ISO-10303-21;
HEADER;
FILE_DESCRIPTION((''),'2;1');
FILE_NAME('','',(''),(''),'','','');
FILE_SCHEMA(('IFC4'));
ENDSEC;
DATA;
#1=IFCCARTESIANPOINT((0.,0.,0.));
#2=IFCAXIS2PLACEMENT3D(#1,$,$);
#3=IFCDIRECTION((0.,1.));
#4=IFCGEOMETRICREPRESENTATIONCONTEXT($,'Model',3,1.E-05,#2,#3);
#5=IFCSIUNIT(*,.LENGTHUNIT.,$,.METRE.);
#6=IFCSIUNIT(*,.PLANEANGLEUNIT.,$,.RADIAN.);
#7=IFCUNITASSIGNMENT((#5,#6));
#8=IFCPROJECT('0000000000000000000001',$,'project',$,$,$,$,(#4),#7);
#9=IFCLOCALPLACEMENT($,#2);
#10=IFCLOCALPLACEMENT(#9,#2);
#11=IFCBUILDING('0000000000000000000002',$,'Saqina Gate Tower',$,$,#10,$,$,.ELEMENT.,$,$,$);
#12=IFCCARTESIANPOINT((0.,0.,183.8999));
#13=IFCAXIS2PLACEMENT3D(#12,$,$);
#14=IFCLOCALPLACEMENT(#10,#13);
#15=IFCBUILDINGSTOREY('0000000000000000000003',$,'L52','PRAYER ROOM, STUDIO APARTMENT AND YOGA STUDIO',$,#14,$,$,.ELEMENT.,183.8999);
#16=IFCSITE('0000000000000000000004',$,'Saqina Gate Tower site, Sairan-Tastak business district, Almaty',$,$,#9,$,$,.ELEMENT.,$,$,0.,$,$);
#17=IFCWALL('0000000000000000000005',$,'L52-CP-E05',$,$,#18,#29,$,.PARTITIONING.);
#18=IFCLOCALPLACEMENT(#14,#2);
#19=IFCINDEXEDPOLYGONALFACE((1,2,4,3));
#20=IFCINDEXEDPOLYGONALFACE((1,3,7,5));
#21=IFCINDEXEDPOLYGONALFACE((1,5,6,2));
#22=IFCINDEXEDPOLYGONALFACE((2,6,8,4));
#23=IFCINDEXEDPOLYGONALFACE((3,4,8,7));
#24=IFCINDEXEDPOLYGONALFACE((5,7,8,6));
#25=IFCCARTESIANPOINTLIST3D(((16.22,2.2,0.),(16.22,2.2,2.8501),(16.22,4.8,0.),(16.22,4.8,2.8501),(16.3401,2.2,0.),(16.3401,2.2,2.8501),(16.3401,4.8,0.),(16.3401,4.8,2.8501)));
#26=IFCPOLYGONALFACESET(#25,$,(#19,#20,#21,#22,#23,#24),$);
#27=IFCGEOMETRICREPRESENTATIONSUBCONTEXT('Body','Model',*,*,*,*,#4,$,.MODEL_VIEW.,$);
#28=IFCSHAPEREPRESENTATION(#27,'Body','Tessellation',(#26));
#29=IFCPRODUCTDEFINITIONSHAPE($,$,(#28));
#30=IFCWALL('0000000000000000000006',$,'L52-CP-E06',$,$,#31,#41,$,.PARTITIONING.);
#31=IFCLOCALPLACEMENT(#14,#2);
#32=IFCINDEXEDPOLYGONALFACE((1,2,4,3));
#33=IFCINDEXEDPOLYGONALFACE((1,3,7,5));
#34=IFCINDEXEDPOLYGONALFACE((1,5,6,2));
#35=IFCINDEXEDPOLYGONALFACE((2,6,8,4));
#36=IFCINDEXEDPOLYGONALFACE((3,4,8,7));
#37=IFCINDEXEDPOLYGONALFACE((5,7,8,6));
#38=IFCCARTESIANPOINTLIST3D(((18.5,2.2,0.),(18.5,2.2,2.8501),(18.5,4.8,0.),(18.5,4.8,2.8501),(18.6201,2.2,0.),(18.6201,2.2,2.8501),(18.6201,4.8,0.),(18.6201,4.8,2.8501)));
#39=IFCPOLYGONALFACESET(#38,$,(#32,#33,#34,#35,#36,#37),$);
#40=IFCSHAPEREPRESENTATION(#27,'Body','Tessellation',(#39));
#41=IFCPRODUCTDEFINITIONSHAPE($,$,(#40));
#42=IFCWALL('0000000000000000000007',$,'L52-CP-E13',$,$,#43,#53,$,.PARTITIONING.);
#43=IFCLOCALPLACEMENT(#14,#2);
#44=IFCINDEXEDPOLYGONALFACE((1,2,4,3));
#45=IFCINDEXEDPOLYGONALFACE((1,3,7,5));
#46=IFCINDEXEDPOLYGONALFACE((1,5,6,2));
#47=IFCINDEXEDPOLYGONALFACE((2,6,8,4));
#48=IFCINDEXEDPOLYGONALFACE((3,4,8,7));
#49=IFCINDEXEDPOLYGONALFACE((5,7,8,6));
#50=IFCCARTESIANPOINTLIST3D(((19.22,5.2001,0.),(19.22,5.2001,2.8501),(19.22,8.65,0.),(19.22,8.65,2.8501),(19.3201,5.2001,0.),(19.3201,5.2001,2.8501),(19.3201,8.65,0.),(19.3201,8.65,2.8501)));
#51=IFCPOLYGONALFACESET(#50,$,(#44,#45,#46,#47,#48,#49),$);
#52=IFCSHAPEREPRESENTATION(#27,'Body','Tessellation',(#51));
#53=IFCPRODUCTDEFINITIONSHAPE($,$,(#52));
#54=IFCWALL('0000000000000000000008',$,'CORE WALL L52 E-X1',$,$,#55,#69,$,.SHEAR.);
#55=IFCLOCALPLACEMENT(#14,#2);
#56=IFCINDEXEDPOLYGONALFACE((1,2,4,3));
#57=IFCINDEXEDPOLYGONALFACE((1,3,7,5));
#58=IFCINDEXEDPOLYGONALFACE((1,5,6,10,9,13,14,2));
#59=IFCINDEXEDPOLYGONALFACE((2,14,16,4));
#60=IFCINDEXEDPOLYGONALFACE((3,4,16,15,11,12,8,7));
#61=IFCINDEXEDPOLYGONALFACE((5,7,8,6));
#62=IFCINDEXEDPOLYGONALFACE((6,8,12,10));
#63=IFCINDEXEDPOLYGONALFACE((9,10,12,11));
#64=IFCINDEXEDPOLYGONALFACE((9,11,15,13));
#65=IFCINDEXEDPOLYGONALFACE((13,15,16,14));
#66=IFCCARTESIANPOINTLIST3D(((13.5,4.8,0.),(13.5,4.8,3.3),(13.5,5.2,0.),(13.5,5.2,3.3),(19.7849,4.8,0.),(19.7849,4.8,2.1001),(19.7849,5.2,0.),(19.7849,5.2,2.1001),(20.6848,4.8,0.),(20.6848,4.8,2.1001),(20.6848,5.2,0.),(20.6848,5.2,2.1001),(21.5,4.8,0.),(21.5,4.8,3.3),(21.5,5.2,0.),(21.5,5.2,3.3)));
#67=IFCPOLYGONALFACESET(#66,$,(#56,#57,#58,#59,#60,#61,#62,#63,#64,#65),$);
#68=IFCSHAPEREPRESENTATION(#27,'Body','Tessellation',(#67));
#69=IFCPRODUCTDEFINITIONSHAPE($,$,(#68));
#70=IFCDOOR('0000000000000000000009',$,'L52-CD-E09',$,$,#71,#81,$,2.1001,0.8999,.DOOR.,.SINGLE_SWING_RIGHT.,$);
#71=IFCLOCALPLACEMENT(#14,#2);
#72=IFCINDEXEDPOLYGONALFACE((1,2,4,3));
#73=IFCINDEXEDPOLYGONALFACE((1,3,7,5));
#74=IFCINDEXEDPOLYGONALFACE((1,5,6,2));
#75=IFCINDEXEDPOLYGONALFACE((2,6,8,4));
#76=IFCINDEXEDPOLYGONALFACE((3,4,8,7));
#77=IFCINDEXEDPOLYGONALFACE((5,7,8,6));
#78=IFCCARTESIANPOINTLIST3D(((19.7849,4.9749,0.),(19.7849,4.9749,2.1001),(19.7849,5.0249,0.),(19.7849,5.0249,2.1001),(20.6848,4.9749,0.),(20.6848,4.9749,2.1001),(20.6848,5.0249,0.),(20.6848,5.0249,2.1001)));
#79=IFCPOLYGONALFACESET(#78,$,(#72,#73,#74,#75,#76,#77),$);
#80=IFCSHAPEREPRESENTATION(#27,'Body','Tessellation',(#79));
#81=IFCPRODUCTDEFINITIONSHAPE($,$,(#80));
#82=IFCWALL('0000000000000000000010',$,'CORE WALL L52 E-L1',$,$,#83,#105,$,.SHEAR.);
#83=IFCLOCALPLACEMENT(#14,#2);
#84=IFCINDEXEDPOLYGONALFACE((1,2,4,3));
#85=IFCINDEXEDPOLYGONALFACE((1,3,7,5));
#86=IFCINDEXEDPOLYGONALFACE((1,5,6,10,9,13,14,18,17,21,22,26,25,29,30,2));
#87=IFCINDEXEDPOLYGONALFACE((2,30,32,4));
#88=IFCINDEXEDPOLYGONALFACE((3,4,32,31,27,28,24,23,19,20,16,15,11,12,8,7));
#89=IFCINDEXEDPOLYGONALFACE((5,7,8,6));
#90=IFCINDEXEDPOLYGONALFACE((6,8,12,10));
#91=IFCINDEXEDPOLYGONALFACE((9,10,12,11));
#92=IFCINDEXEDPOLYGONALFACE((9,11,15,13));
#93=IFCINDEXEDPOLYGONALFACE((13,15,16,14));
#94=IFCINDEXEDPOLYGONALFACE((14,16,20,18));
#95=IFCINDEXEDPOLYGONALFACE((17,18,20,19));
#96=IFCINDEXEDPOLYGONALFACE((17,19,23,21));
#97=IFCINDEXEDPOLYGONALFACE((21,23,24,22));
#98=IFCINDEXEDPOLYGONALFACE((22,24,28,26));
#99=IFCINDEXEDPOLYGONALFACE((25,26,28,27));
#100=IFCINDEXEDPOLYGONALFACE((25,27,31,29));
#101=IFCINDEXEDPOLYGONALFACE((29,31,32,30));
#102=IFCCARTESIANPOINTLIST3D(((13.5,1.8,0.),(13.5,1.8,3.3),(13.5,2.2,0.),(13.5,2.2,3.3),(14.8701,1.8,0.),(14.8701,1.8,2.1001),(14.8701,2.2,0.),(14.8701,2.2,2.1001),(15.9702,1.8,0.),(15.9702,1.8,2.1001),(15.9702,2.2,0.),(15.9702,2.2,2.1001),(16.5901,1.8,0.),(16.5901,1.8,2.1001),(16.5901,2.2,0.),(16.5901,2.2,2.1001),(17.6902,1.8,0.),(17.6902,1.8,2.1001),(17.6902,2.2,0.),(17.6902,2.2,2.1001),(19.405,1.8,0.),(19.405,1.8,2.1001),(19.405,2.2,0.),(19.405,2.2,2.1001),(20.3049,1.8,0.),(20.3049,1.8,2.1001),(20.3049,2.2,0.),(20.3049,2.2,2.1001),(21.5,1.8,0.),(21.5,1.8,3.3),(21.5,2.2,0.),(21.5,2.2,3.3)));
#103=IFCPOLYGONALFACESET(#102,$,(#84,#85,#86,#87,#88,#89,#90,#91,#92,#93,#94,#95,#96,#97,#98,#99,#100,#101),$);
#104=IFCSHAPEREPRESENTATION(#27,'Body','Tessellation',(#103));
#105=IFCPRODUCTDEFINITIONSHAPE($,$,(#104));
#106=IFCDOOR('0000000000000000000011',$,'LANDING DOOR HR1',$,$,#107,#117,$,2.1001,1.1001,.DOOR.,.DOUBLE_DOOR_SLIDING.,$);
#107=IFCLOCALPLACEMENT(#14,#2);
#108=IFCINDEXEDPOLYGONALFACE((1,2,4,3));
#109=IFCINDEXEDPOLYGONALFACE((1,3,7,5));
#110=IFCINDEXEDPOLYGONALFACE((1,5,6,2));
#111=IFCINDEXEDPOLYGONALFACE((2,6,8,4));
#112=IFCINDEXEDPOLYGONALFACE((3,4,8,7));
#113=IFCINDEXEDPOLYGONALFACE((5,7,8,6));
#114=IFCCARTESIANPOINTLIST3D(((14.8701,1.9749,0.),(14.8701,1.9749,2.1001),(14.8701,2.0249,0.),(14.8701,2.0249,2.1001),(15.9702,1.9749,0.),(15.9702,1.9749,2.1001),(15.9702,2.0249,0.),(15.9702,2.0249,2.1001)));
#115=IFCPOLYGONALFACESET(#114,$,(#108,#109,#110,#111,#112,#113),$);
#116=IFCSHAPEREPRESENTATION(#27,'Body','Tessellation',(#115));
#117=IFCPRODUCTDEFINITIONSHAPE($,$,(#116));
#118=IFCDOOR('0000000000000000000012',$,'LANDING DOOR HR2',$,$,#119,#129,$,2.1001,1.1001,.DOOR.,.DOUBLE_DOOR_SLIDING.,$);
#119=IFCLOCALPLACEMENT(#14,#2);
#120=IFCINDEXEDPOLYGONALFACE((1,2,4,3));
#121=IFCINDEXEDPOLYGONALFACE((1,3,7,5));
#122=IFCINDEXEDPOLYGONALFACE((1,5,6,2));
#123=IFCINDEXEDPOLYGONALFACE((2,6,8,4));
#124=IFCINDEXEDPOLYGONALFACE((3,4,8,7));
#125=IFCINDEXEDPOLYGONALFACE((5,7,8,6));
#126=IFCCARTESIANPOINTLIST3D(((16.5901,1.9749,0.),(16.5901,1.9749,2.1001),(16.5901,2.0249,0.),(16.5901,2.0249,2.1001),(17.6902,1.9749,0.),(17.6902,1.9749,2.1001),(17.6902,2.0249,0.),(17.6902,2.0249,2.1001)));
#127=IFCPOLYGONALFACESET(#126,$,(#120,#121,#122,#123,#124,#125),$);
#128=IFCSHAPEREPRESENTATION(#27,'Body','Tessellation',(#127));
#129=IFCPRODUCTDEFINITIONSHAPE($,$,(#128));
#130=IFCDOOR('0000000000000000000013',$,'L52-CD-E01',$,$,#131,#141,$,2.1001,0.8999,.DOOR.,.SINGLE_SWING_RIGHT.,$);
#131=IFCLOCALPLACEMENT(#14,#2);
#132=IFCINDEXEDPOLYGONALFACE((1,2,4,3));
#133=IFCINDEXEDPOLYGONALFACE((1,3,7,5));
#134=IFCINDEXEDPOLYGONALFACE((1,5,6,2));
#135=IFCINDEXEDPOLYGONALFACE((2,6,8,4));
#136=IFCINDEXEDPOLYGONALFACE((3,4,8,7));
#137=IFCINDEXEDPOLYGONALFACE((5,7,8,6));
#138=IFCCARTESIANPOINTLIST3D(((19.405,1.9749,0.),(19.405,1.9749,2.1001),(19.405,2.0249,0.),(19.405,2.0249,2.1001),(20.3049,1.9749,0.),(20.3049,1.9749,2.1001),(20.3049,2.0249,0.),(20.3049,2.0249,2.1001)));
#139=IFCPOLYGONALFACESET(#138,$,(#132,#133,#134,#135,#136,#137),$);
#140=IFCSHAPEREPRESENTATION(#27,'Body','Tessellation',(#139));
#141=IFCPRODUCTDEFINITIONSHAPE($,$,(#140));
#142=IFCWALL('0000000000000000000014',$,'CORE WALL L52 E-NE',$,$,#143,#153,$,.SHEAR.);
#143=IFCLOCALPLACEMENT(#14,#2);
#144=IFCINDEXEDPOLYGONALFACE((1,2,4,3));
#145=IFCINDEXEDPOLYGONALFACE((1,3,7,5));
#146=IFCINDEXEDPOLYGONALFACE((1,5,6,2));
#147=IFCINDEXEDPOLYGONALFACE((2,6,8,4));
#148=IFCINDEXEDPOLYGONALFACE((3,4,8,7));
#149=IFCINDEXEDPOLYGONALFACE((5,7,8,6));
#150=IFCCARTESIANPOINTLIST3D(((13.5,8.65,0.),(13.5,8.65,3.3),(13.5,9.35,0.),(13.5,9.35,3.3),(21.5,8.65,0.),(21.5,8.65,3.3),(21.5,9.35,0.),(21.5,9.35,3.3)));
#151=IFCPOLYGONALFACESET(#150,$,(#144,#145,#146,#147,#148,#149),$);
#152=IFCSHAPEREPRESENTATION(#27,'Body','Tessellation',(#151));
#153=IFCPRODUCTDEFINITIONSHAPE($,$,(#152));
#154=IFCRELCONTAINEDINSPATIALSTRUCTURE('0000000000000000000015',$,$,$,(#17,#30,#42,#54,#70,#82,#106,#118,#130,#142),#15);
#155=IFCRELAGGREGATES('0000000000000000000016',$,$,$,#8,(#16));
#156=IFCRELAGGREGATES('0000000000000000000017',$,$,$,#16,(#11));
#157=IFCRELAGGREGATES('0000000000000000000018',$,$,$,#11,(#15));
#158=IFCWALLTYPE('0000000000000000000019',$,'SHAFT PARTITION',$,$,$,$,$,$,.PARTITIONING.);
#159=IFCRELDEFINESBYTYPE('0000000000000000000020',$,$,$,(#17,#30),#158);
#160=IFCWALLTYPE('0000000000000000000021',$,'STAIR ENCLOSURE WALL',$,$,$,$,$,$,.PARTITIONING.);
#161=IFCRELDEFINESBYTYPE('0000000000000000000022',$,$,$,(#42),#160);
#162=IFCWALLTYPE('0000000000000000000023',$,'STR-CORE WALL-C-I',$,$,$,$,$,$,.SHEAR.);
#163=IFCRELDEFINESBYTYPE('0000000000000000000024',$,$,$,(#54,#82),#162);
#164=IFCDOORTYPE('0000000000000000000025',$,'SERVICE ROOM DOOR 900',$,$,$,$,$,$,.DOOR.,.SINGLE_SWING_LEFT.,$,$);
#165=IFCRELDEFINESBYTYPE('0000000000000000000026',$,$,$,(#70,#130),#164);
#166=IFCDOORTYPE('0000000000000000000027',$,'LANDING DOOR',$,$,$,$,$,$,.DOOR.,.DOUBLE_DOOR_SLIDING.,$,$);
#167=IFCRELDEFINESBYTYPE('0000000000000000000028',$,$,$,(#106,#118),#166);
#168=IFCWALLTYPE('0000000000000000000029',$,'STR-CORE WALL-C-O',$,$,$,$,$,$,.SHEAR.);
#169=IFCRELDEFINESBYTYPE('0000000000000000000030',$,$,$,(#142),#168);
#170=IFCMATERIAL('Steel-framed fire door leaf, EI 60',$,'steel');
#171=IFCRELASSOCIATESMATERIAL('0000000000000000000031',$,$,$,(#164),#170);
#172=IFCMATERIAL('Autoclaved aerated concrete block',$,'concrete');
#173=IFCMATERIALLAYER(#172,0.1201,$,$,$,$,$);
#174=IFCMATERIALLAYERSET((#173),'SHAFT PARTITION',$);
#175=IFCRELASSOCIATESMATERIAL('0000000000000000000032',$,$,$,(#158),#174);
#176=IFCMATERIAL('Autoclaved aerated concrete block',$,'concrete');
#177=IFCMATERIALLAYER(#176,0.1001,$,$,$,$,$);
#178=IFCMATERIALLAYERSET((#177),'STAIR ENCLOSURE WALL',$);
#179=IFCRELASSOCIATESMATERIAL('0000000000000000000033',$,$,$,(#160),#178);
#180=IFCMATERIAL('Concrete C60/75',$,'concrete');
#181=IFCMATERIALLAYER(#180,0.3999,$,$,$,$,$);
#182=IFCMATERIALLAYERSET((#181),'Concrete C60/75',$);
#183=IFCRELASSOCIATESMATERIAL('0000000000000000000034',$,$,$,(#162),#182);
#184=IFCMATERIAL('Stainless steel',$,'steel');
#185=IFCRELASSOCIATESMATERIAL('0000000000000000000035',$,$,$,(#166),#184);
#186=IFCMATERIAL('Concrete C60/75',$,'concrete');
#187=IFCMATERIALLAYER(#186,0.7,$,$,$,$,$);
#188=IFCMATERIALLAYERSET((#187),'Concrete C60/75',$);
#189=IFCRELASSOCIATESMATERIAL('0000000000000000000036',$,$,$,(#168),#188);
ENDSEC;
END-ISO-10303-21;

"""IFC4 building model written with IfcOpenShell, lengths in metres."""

from ifc_helpers import new_model, si_unit, direction, frame, frame_2d, origin, place, context, subcontext, project, spatial, rectangle, extrude, material, layer, layer_set, type_object, element, fill, save


model = new_model("IFC4")

# Units and contexts
model_context = context("Model", 3, precision=1e-05, world=origin(), true_north=direction((0.0, 1.0)))
body_context = subcontext(model_context, "Body", "Model", "MODEL_VIEW")
ifc_project = project(units=[si_unit("LENGTHUNIT", "METRE"), si_unit("PLANEANGLEUNIT", "RADIAN")], contexts=[model_context])

# Site, building, storey
site_placement = place(None, origin())
site = spatial("IfcSite", under=ifc_project, at=site_placement, Name="Saqina Gate Tower site, Sairan-Tastak business district, Almaty", CompositionType="ELEMENT", RefElevation=0.0)
building_placement = place(site_placement, origin())
building = spatial("IfcBuilding", under=site, at=building_placement, Name="Saqina Gate Tower", CompositionType="ELEMENT")
storey_placement = place(building_placement, frame((0.0, 0.0, 183.8999)))
storey = spatial("IfcBuildingStorey", under=building, at=storey_placement, Name="L52", Description="PRAYER ROOM, STUDIO APARTMENT AND YOGA STUDIO", CompositionType="ELEMENT", Elevation=183.8999)

# Shared definitions
ifc_material_1 = material(Name="Steel-framed fire door leaf, EI 60", Category="steel")
door_type_1 = type_object("IfcDoorType", Name="SERVICE ROOM DOOR 900", OperationType="SINGLE_SWING_LEFT", PredefinedType="DOOR", material=ifc_material_1)

# Walls
ifc_material_2 = material(Name="Autoclaved aerated concrete block", Category="concrete")
ifc_layer_1 = layer(ifc_material_2, 0.1201)
ifc_layer_set_1 = layer_set([ifc_layer_1], Name="SHAFT PARTITION")
wall_type_1 = type_object("IfcWallType", Name="SHAFT PARTITION", PredefinedType="PARTITIONING", material=ifc_layer_set_1)
for number, where, z_axis, x_axis, name in (
    (1, (16.28, 2.2, 0.0), (0.0, 0.0, 1.0), (0.0, 1.0, 0.0), "L52-CP-E05"),
    (2, (18.5601, 2.2, 0.0), (0.0, 0.0, 1.0), (0.0, 1.0, 0.0), "L52-CP-E06"),
):
    element("IfcWall", number, at=place(storey_placement, frame(where, z_axis=z_axis, x_axis=x_axis)), inside=storey, type_object=wall_type_1, Name=name, PredefinedType="PARTITIONING", context=body_context, shape_type="SweptSolid", body=[
        extrude(rectangle(XDim=2.6001, YDim=0.1201, at=frame_2d((1.3, 0.0))), origin(), (0.0, 0.0, 1.0), 2.8501),
    ])
ifc_material_3 = material(Name="Autoclaved aerated concrete block", Category="concrete")
ifc_layer_2 = layer(ifc_material_3, 0.1001)
ifc_layer_set_2 = layer_set([ifc_layer_2], Name="STAIR ENCLOSURE WALL")
wall_type_2 = type_object("IfcWallType", Name="STAIR ENCLOSURE WALL", PredefinedType="PARTITIONING", material=ifc_layer_set_2)
wall_1_placement = place(storey_placement, frame((19.27, 5.2, 0.0), z_axis=(0.0, 0.0, 1.0), x_axis=(0.0, 1.0, 0.0)))
element("IfcWall", 3, at=wall_1_placement, inside=storey, type_object=wall_type_2, Name="L52-CP-E13", PredefinedType="PARTITIONING", context=body_context, shape_type="SweptSolid", body=[
    extrude(rectangle(XDim=3.45, YDim=0.1001, at=frame_2d((1.7251, 0.0))), origin(), (0.0, 0.0, 1.0), 2.8501),
])

# Wall, opening, door
ifc_material_4 = material(Name="Concrete C60/75", Category="concrete")
ifc_layer_3 = layer(ifc_material_4, 0.3999)
ifc_layer_set_3 = layer_set([ifc_layer_3], Name="Concrete C60/75")
wall_type_3 = type_object("IfcWallType", Name="STR-CORE WALL-C-I", PredefinedType="SHEAR", material=ifc_layer_set_3)
wall_2_placement = place(storey_placement, frame((13.5, 5.0, 0.0), z_axis=(0.0, 0.0, 1.0), x_axis=(1.0, 0.0, 0.0)))
wall_2 = element("IfcWall", 4, at=wall_2_placement, inside=storey, type_object=wall_type_3, Name="CORE WALL L52 E-X1", PredefinedType="SHEAR", context=body_context, shape_type="SweptSolid", body=[
    extrude(rectangle(XDim=8.0, YDim=0.3999, at=frame_2d((4.0, 0.0))), origin(), (0.0, 0.0, 1.0), 3.3),
])
opening_1_placement = place(wall_2_placement, frame((6.2849, 0.0, 0.0)))
opening_1 = element("IfcOpeningElement", 5, at=opening_1_placement, cuts=wall_2, PredefinedType="OPENING", context=body_context, shape_type="SweptSolid", body=[
    extrude(rectangle(XDim=0.8999, YDim=2.1001, at=frame_2d((0.45, 1.05))), frame((0.0, 0.2119, 0.0), z_axis=(0.0, -1.0, 0.0), x_axis=(1.0, 0.0, 0.0)), (0.0, 0.0, 1.0), 0.4238),
])
door_1_placement = place(opening_1_placement, origin())
door_1 = element("IfcDoor", 6, at=door_1_placement, inside=storey, type_object=door_type_1, Name="L52-CD-E09", OperationType="SINGLE_SWING_RIGHT", OverallHeight=2.1001, OverallWidth=0.8999, PredefinedType="DOOR", context=body_context, shape_type="SweptSolid", body=[
    extrude(rectangle(XDim=0.8999, YDim=2.1001, at=frame_2d((0.45, 1.05))), frame((0.0, 0.0249, 0.0), z_axis=(0.0, -1.0, 0.0), x_axis=(1.0, 0.0, 0.0)), (0.0, 0.0, 1.0), 0.05),
])
fill(opening_1, door_1)

# Wall, openings, doors
wall_3_placement = place(storey_placement, frame((13.5, 2.0, 0.0), z_axis=(0.0, 0.0, 1.0), x_axis=(1.0, 0.0, 0.0)))
wall_3 = element("IfcWall", 7, at=wall_3_placement, inside=storey, type_object=wall_type_3, Name="CORE WALL L52 E-L1", PredefinedType="SHEAR", context=body_context, shape_type="SweptSolid", body=[
    extrude(rectangle(XDim=8.0, YDim=0.3999, at=frame_2d((4.0, 0.0))), origin(), (0.0, 0.0, 1.0), 3.3),
])
opening_2_placement = place(wall_3_placement, frame((1.3701, 0.0, 0.0)))
opening_2 = element("IfcOpeningElement", 8, at=opening_2_placement, cuts=wall_3, PredefinedType="OPENING", context=body_context, shape_type="SweptSolid", body=[
    extrude(rectangle(XDim=1.1001, YDim=2.1001, at=frame_2d((0.55, 1.05))), frame((0.0, 0.2119, 0.0), z_axis=(0.0, -1.0, 0.0), x_axis=(1.0, 0.0, 0.0)), (0.0, 0.0, 1.0), 0.4238),
])
opening_3_placement = place(wall_3_placement, frame((3.0901, 0.0, 0.0)))
opening_3 = element("IfcOpeningElement", 9, at=opening_3_placement, cuts=wall_3, PredefinedType="OPENING", context=body_context, shape_type="SweptSolid", body=[
    extrude(rectangle(XDim=1.1001, YDim=2.1001, at=frame_2d((0.55, 1.05))), frame((0.0, 0.2119, 0.0), z_axis=(0.0, -1.0, 0.0), x_axis=(1.0, 0.0, 0.0)), (0.0, 0.0, 1.0), 0.4238),
])
opening_4_placement = place(wall_3_placement, frame((5.905, 0.0, 0.0)))
opening_4 = element("IfcOpeningElement", 10, at=opening_4_placement, cuts=wall_3, PredefinedType="OPENING", context=body_context, shape_type="SweptSolid", body=[
    extrude(rectangle(XDim=0.8999, YDim=2.1001, at=frame_2d((0.45, 1.05))), frame((0.0, 0.2119, 0.0), z_axis=(0.0, -1.0, 0.0), x_axis=(1.0, 0.0, 0.0)), (0.0, 0.0, 1.0), 0.4238),
])
ifc_material_5 = material(Name="Stainless steel", Category="steel")
door_type_2 = type_object("IfcDoorType", Name="LANDING DOOR", OperationType="DOUBLE_DOOR_SLIDING", PredefinedType="DOOR", material=ifc_material_5)
door_2_placement = place(opening_2_placement, origin())
door_2 = element("IfcDoor", 11, at=door_2_placement, inside=storey, type_object=door_type_2, Name="LANDING DOOR HR1", OperationType="DOUBLE_DOOR_SLIDING", OverallHeight=2.1001, OverallWidth=1.1001, PredefinedType="DOOR", context=body_context, shape_type="SweptSolid", body=[
    extrude(rectangle(XDim=1.1001, YDim=2.1001, at=frame_2d((0.55, 1.05))), frame((0.0, 0.0249, 0.0), z_axis=(0.0, -1.0, 0.0), x_axis=(1.0, 0.0, 0.0)), (0.0, 0.0, 1.0), 0.05),
])
fill(opening_2, door_2)
door_3_placement = place(opening_3_placement, origin())
door_3 = element("IfcDoor", 12, at=door_3_placement, inside=storey, type_object=door_type_2, Name="LANDING DOOR HR2", OperationType="DOUBLE_DOOR_SLIDING", OverallHeight=2.1001, OverallWidth=1.1001, PredefinedType="DOOR", context=body_context, shape_type="SweptSolid", body=[
    extrude(rectangle(XDim=1.1001, YDim=2.1001, at=frame_2d((0.55, 1.05))), frame((0.0, 0.0249, 0.0), z_axis=(0.0, -1.0, 0.0), x_axis=(1.0, 0.0, 0.0)), (0.0, 0.0, 1.0), 0.05),
])
fill(opening_3, door_3)
door_4_placement = place(opening_4_placement, origin())
door_4 = element("IfcDoor", 13, at=door_4_placement, inside=storey, type_object=door_type_1, Name="L52-CD-E01", OperationType="SINGLE_SWING_RIGHT", OverallHeight=2.1001, OverallWidth=0.8999, PredefinedType="DOOR", context=body_context, shape_type="SweptSolid", body=[
    extrude(rectangle(XDim=0.8999, YDim=2.1001, at=frame_2d((0.45, 1.05))), frame((0.0, 0.0249, 0.0), z_axis=(0.0, -1.0, 0.0), x_axis=(1.0, 0.0, 0.0)), (0.0, 0.0, 1.0), 0.05),
])
fill(opening_4, door_4)

# Wall
ifc_material_6 = material(Name="Concrete C60/75", Category="concrete")
ifc_layer_4 = layer(ifc_material_6, 0.7)
ifc_layer_set_4 = layer_set([ifc_layer_4], Name="Concrete C60/75")
wall_type_4 = type_object("IfcWallType", Name="STR-CORE WALL-C-O", PredefinedType="SHEAR", material=ifc_layer_set_4)
wall_4_placement = place(storey_placement, frame((13.5, 9.0, 0.0), z_axis=(0.0, 0.0, 1.0), x_axis=(1.0, 0.0, 0.0)))
element("IfcWall", 14, at=wall_4_placement, inside=storey, type_object=wall_type_4, Name="CORE WALL L52 E-NE", PredefinedType="SHEAR", context=body_context, shape_type="SweptSolid", body=[
    extrude(rectangle(XDim=8.0, YDim=0.7, at=frame_2d((4.0, 0.0))), origin(), (0.0, 0.0, 1.0), 3.3),
])

save(model, "model.ifc")
